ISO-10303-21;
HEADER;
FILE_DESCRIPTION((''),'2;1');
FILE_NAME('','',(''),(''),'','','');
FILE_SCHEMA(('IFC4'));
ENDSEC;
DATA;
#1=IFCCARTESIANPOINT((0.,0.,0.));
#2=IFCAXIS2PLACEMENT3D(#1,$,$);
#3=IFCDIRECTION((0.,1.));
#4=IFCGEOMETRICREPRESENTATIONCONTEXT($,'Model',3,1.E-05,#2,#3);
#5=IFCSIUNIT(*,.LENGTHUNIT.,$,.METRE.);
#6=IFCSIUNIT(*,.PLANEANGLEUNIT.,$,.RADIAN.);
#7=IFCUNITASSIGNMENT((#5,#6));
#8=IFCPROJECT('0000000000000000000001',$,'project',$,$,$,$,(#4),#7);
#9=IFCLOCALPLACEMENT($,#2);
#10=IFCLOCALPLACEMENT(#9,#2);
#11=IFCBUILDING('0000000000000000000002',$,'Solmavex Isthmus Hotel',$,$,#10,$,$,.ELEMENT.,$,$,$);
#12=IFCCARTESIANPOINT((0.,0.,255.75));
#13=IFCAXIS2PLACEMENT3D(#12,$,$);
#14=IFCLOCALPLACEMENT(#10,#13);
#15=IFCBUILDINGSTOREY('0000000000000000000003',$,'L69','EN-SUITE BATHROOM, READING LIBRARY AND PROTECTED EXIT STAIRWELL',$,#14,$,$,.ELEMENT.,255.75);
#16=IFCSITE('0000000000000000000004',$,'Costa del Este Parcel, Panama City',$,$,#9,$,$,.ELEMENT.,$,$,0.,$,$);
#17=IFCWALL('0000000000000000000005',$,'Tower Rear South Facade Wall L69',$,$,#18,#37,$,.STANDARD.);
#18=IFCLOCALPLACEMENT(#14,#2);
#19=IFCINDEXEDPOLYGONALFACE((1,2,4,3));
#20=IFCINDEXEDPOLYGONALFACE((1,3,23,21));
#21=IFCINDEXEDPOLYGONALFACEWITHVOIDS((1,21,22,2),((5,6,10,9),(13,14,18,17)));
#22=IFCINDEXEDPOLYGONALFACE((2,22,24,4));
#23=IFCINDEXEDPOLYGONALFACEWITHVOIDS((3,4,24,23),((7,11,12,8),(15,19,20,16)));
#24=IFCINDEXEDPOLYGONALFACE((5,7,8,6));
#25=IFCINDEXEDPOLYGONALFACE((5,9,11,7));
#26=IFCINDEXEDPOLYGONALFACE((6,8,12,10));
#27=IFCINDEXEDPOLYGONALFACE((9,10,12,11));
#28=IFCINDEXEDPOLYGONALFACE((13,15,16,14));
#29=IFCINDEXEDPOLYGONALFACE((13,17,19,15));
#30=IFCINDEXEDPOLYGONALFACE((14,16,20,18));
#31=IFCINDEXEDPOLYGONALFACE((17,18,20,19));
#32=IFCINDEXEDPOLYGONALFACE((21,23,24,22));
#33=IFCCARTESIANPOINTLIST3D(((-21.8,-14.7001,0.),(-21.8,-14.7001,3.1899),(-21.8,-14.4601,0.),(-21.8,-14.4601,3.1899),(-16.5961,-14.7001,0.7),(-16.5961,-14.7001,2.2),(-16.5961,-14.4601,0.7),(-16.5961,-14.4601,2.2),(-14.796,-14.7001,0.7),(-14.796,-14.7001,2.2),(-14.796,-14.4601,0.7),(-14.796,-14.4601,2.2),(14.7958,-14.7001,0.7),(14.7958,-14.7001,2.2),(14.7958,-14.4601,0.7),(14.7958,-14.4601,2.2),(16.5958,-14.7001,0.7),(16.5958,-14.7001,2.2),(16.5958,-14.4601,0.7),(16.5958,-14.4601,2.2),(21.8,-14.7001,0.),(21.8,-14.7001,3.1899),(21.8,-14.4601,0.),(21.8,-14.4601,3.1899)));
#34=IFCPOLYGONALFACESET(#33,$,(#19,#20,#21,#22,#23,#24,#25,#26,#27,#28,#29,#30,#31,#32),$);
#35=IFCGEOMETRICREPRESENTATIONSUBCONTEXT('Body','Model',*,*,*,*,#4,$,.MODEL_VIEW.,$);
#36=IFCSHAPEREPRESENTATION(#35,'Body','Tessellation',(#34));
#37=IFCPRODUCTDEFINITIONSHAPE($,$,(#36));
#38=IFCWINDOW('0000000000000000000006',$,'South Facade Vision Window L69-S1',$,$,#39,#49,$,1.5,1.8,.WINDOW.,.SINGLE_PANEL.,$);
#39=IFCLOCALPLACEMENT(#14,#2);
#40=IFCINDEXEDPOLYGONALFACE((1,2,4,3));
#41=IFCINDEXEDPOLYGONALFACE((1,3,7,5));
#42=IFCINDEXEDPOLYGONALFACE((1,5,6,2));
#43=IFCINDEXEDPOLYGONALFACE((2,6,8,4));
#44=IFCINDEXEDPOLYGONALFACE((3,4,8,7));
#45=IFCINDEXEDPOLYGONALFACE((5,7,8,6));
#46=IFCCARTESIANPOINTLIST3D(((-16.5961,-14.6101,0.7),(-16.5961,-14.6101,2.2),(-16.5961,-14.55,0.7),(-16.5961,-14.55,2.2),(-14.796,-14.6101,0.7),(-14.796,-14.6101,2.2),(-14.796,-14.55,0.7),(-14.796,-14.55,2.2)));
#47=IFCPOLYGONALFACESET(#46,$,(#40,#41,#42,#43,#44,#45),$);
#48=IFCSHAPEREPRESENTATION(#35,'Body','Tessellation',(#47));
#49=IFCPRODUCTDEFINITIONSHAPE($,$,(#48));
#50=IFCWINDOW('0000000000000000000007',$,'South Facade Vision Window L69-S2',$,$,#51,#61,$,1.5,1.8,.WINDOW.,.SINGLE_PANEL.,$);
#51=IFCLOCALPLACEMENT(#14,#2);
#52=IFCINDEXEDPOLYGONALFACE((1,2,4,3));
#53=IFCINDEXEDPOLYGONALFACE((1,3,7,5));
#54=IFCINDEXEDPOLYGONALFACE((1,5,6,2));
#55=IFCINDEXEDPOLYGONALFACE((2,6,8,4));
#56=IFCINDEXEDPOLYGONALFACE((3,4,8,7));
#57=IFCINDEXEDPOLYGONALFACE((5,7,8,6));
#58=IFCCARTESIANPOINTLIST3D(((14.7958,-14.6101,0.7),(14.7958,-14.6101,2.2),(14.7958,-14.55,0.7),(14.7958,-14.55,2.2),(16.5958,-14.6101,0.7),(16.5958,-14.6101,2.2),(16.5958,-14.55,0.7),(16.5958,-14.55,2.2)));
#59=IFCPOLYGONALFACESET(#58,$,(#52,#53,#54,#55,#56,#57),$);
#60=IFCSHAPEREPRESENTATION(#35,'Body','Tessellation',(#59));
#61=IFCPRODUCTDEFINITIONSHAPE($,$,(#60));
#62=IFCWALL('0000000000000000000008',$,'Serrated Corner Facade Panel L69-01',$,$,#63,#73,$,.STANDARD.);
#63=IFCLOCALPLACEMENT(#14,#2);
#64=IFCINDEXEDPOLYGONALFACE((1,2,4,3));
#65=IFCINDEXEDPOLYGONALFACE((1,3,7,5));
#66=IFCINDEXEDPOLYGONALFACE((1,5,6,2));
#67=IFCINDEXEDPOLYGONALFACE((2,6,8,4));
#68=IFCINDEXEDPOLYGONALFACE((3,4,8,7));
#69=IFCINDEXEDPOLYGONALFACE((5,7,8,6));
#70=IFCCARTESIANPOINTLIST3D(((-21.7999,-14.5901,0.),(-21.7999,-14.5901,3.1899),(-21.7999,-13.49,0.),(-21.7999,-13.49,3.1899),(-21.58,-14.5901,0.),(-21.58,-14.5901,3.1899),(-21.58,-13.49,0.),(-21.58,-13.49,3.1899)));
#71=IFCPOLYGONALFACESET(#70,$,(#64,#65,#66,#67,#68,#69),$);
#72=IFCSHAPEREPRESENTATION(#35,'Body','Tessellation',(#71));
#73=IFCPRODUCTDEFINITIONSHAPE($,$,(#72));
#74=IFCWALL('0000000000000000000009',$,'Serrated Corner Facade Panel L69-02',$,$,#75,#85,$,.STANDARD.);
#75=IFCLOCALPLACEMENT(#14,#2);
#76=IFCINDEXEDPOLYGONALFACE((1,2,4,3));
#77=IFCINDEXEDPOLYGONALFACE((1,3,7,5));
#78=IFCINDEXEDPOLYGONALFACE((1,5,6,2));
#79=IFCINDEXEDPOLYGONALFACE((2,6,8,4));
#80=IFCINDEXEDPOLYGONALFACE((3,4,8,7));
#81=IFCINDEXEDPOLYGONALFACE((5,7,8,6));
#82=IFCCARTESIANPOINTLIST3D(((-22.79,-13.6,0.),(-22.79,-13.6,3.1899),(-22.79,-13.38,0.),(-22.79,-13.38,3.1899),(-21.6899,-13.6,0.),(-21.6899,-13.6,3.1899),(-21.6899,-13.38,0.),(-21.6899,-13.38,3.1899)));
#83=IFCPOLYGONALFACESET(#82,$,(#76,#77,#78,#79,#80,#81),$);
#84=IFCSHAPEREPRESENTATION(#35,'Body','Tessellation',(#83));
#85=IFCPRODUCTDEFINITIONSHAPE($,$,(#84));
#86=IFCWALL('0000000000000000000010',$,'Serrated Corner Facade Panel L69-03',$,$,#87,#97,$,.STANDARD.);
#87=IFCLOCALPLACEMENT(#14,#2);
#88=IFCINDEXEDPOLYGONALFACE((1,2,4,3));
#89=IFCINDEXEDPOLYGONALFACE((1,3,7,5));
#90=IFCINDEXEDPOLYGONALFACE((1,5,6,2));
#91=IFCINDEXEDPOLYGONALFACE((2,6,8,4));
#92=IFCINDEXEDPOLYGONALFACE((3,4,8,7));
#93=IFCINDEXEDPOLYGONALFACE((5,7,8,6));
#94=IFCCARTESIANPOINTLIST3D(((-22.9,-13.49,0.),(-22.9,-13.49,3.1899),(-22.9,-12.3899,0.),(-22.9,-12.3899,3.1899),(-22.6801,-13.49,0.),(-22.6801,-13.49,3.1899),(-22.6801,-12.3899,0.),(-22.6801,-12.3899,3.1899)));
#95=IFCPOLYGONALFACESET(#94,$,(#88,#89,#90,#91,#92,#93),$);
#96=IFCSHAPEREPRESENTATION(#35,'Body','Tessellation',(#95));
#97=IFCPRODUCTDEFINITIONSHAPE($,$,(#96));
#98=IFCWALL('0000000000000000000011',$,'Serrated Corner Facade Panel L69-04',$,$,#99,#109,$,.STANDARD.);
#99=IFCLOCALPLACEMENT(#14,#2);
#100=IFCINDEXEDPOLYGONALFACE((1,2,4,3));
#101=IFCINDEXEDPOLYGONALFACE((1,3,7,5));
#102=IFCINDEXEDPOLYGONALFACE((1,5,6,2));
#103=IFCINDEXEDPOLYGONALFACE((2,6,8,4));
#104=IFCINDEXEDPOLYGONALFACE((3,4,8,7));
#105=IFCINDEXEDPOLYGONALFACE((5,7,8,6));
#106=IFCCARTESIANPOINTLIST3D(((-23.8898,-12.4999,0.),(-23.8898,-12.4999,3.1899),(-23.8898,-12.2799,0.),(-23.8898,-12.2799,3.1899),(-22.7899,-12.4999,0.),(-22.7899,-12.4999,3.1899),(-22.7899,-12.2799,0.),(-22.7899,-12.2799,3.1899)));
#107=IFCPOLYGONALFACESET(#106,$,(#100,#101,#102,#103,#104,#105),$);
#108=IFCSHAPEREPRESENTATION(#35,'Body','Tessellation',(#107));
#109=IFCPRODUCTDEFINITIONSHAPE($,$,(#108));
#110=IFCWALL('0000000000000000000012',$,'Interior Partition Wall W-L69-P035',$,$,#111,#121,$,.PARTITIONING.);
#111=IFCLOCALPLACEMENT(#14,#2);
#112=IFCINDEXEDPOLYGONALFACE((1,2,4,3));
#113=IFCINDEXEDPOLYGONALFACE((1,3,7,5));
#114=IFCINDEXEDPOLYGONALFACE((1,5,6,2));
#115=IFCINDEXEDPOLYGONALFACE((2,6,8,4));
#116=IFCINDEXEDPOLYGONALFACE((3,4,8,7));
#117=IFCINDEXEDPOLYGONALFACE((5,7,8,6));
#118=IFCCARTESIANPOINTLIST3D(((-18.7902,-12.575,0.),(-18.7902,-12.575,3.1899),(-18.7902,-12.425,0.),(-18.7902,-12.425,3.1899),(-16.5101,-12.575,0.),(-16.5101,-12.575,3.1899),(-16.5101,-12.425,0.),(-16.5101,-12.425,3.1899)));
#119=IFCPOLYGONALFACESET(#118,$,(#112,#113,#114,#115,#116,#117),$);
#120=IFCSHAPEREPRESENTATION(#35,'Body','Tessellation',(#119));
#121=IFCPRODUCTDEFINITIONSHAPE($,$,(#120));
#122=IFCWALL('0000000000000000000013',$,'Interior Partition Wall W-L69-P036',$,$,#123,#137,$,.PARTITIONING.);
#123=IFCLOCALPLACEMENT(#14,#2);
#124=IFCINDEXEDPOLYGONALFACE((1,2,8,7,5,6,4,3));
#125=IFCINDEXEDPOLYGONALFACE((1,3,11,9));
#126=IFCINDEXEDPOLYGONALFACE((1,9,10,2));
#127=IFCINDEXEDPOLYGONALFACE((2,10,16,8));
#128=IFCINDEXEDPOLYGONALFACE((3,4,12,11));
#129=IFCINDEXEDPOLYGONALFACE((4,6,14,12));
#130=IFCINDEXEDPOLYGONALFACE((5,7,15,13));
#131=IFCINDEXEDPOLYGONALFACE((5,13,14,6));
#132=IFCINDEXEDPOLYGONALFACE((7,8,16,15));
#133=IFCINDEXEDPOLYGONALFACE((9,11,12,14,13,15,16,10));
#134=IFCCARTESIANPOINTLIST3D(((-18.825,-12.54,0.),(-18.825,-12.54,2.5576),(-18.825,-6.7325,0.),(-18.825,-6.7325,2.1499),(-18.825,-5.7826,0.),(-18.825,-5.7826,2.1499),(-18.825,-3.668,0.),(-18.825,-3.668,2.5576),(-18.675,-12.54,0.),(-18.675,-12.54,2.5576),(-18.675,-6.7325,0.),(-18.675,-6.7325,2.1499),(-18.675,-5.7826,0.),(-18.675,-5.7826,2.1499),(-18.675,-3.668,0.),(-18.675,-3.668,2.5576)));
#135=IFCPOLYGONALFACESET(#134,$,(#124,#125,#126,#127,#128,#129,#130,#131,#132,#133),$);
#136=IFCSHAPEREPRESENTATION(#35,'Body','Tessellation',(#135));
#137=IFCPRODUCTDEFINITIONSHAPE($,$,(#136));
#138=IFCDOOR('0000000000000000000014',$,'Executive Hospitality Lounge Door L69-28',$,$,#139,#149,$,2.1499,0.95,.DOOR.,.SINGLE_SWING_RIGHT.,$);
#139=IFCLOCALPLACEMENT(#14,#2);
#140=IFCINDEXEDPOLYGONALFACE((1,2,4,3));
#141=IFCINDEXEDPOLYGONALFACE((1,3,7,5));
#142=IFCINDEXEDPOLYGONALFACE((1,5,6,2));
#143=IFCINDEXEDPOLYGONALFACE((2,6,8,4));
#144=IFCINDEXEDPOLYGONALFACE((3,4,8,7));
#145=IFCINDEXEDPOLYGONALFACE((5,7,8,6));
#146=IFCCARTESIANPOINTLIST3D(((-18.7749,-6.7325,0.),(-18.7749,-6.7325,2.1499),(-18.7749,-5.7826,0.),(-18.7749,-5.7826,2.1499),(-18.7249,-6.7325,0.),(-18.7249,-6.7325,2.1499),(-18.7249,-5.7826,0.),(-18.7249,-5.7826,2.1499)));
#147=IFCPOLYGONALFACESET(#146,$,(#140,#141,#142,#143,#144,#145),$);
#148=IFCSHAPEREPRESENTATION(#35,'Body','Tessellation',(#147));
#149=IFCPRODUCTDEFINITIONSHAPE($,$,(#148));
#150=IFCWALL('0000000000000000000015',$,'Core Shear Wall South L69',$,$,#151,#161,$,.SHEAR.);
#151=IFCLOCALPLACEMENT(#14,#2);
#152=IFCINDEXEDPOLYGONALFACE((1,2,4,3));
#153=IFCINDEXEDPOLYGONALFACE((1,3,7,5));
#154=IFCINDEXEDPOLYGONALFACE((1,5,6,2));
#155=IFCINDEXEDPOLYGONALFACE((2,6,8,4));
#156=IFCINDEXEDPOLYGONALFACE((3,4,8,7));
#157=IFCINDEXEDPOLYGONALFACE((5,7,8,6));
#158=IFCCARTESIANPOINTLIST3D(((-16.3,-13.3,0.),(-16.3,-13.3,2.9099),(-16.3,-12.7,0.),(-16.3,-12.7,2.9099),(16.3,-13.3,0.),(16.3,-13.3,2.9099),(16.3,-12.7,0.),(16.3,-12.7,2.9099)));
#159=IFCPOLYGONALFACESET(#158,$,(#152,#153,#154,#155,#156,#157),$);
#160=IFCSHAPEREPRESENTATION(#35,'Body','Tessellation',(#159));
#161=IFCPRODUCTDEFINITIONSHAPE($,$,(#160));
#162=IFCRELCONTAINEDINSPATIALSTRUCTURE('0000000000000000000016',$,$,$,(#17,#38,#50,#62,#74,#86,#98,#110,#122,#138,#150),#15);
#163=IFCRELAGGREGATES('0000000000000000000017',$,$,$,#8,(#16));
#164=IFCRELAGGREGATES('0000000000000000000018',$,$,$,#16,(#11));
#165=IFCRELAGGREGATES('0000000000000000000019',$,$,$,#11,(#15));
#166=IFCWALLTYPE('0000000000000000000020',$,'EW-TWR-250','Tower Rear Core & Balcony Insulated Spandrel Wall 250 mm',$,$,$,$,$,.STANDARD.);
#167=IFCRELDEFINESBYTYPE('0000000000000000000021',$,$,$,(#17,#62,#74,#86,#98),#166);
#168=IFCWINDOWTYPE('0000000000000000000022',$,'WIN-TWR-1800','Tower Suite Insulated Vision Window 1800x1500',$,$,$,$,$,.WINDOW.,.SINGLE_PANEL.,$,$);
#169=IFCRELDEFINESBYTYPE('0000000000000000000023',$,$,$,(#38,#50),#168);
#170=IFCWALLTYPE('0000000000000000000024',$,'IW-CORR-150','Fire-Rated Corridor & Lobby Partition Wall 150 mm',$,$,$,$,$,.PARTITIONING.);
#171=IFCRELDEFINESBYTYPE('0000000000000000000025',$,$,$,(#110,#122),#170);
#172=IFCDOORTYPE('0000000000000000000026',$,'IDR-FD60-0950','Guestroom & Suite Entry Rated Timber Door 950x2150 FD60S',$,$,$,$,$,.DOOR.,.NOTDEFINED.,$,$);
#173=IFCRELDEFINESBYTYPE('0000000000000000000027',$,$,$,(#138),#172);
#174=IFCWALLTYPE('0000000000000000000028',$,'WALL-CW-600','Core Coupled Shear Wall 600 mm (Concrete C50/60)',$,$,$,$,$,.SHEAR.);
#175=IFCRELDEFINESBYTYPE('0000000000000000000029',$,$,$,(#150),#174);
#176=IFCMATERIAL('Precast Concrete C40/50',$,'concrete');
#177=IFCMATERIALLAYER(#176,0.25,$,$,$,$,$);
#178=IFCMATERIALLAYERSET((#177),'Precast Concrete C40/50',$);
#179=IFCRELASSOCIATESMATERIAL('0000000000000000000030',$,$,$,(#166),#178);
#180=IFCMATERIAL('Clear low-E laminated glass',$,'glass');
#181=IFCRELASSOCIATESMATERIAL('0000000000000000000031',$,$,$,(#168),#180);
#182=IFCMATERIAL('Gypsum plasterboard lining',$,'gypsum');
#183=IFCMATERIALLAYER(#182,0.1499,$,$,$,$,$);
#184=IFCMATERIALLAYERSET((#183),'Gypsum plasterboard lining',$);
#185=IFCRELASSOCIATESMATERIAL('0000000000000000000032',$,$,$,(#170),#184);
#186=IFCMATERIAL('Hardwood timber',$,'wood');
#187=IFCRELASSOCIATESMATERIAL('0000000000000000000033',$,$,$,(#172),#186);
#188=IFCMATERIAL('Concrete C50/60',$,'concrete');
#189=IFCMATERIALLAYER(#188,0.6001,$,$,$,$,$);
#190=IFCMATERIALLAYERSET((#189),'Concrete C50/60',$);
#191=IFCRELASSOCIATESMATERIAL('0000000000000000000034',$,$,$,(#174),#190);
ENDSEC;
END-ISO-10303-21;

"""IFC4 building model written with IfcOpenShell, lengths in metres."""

from ifc_helpers import new_model, si_unit, direction, frame, frame_2d, origin, place, context, subcontext, project, spatial, rectangle, extrude, material, layer, layer_set, type_object, element, fill, save


model = new_model("IFC4")

# Units and contexts
model_context = context("Model", 3, precision=1e-05, world=origin(), true_north=direction((0.0, 1.0)))
body_context = subcontext(model_context, "Body", "Model", "MODEL_VIEW")
ifc_project = project(units=[si_unit("LENGTHUNIT", "METRE"), si_unit("PLANEANGLEUNIT", "RADIAN")], contexts=[model_context])

# Site, building, storey
site_placement = place(None, origin())
site = spatial("IfcSite", under=ifc_project, at=site_placement, Name="Costa del Este Parcel, Panama City", CompositionType="ELEMENT", RefElevation=0.0)
building_placement = place(site_placement, origin())
building = spatial("IfcBuilding", under=site, at=building_placement, Name="Solmavex Isthmus Hotel", CompositionType="ELEMENT")
storey_placement = place(building_placement, frame((0.0, 0.0, 255.75)))
storey = spatial("IfcBuildingStorey", under=building, at=storey_placement, Name="L69", Description="EN-SUITE BATHROOM, READING LIBRARY AND PROTECTED EXIT STAIRWELL", CompositionType="ELEMENT", Elevation=255.75)

# Shared definitions
ifc_material_1 = material(Name="Concrete C50/60", Category="concrete")

# Shared definitions
ifc_material_2 = material(Name="Clear low-E laminated glass", Category="glass")

# Wall, openings, windows
ifc_material_3 = material(Name="Precast Concrete C40/50", Category="concrete")
ifc_layer_1 = layer(ifc_material_3, 0.25)
ifc_layer_set_1 = layer_set([ifc_layer_1], Name="Precast Concrete C40/50")
wall_type_1 = type_object("IfcWallType", Name="EW-TWR-250", Description="Tower Rear Core & Balcony Insulated Spandrel Wall 250 mm", PredefinedType="STANDARD", material=ifc_layer_set_1)
wall_1_placement = place(storey_placement, frame((-21.8, -14.5801, 0.0), z_axis=(0.0, 0.0, 1.0), x_axis=(1.0, 0.0, 0.0)))
wall_1 = element("IfcWall", 1, at=wall_1_placement, inside=storey, type_object=wall_type_1, Name="Tower Rear South Facade Wall L69", PredefinedType="STANDARD", context=body_context, shape_type="SweptSolid", body=[
    extrude(rectangle(XDim=43.6001, YDim=0.24, at=frame_2d((21.8, 0.0))), origin(), (0.0, 0.0, 1.0), 3.1899),
])
opening_1_placement = place(wall_1_placement, frame((5.2041, 0.0, 0.7)))
opening_1 = element("IfcOpeningElement", 2, at=opening_1_placement, cuts=wall_1, PredefinedType="OPENING", context=body_context, shape_type="SweptSolid", body=[
    extrude(rectangle(XDim=1.8, YDim=1.5, at=frame_2d((0.8999, 0.75))), frame((0.0, 0.1299, 0.0), z_axis=(0.0, -1.0, 0.0), x_axis=(1.0, 0.0, 0.0)), (0.0, 0.0, 1.0), 0.26),
])
opening_2_placement = place(wall_1_placement, frame((36.5959, 0.0, 0.7)))
opening_2 = element("IfcOpeningElement", 3, at=opening_2_placement, cuts=wall_1, PredefinedType="OPENING", context=body_context, shape_type="SweptSolid", body=[
    extrude(rectangle(XDim=1.8, YDim=1.5, at=frame_2d((0.8999, 0.75))), frame((0.0, 0.1299, 0.0), z_axis=(0.0, -1.0, 0.0), x_axis=(1.0, 0.0, 0.0)), (0.0, 0.0, 1.0), 0.26),
])
window_type = type_object("IfcWindowType", Name="WIN-TWR-1800", Description="Tower Suite Insulated Vision Window 1800x1500", PartitioningType="SINGLE_PANEL", PredefinedType="WINDOW", material=ifc_material_2)
window_1_placement = place(opening_1_placement, origin())
window_1 = element("IfcWindow", 4, at=window_1_placement, inside=storey, type_object=window_type, Name="South Facade Vision Window L69-S1", OverallHeight=1.5, OverallWidth=1.8, PartitioningType="SINGLE_PANEL", PredefinedType="WINDOW", context=body_context, shape_type="SweptSolid", body=[
    extrude(rectangle(XDim=1.8, YDim=1.5, at=frame_2d((0.8999, 0.75))), frame((0.0, 0.03, 0.0), z_axis=(0.0, -1.0, 0.0), x_axis=(1.0, 0.0, 0.0)), (0.0, 0.0, 1.0), 0.0601),
])
fill(opening_1, window_1)
window_2_placement = place(opening_2_placement, origin())
window_2 = element("IfcWindow", 5, at=window_2_placement, inside=storey, type_object=window_type, Name="South Facade Vision Window L69-S2", OverallHeight=1.5, OverallWidth=1.8, PartitioningType="SINGLE_PANEL", PredefinedType="WINDOW", context=body_context, shape_type="SweptSolid", body=[
    extrude(rectangle(XDim=1.8, YDim=1.5, at=frame_2d((0.8999, 0.75))), frame((0.0, 0.03, 0.0), z_axis=(0.0, -1.0, 0.0), x_axis=(1.0, 0.0, 0.0)), (0.0, 0.0, 1.0), 0.0601),
])
fill(opening_2, window_2)

# Walls
for number, where, z_axis, x_axis, name in (
    (6, (-21.6899, -14.5901, 0.0), (0.0, 0.0, 1.0), (0.0, 1.0, 0.0), "Serrated Corner Facade Panel L69-01"),
    (7, (-21.6899, -13.49, 0.0), (0.0, 0.0, 1.0), (-1.0, 0.0, 0.0), "Serrated Corner Facade Panel L69-02"),
    (8, (-22.79, -13.49, 0.0), (0.0, 0.0, 1.0), (0.0, 1.0, 0.0), "Serrated Corner Facade Panel L69-03"),
):
    element("IfcWall", number, at=place(storey_placement, frame(where, z_axis=z_axis, x_axis=x_axis)), inside=storey, type_object=wall_type_1, Name=name, PredefinedType="STANDARD", context=body_context, shape_type="SweptSolid", body=[
        extrude(rectangle(XDim=1.1001, YDim=0.22, at=frame_2d((0.55, 0.0))), origin(), (0.0, 0.0, 1.0), 3.1899),
    ])
wall_2_placement = place(storey_placement, frame((-22.79, -12.3899, 0.0), z_axis=(0.0, 0.0, 1.0), x_axis=(-1.0, 0.0, 0.0)))
element("IfcWall", 9, at=wall_2_placement, inside=storey, type_object=wall_type_1, Name="Serrated Corner Facade Panel L69-04", PredefinedType="STANDARD", context=body_context, shape_type="SweptSolid", body=[
    extrude(rectangle(XDim=1.0999, YDim=0.22, at=frame_2d((0.5498, 0.0))), origin(), (0.0, 0.0, 1.0), 3.1899),
])
ifc_material_4 = material(Name="Gypsum plasterboard lining", Category="gypsum")
ifc_layer_2 = layer(ifc_material_4, 0.1499)
ifc_layer_set_2 = layer_set([ifc_layer_2], Name="Gypsum plasterboard lining")
wall_type_2 = type_object("IfcWallType", Name="IW-CORR-150", Description="Fire-Rated Corridor & Lobby Partition Wall 150 mm", PredefinedType="PARTITIONING", material=ifc_layer_set_2)
wall_3_placement = place(storey_placement, frame((-16.51, -12.5, 0.0), z_axis=(0.0, 0.0, 1.0), x_axis=(-1.0, 0.0, 0.0)))
element("IfcWall", 10, at=wall_3_placement, inside=storey, type_object=wall_type_2, Name="Interior Partition Wall W-L69-P035", PredefinedType="PARTITIONING", context=body_context, shape_type="SweptSolid", body=[
    extrude(rectangle(XDim=2.28, YDim=0.1499, at=frame_2d((1.1401, 0.0))), origin(), (0.0, 0.0, 1.0), 3.1899),
])

# Wall, opening, door
wall_4_placement = place(storey_placement, frame((-18.75, -12.54, 0.0), z_axis=(0.0, 0.0, 1.0), x_axis=(0.0, 1.0, 0.0)))
wall_4 = element("IfcWall", 11, at=wall_4_placement, inside=storey, type_object=wall_type_2, Name="Interior Partition Wall W-L69-P036", PredefinedType="PARTITIONING", context=body_context, shape_type="SweptSolid", body=[
    extrude(rectangle(XDim=8.8721, YDim=0.1499, at=frame_2d((4.436, 0.0))), origin(), (0.0, 0.0, 1.0), 2.5576),
])
opening_3_placement = place(wall_4_placement, frame((5.8074, 0.0, 0.0)))
opening_3 = element("IfcOpeningElement", 12, at=opening_3_placement, cuts=wall_4, PredefinedType="OPENING", context=body_context, shape_type="SweptSolid", body=[
    extrude(rectangle(XDim=0.95, YDim=2.1499, at=frame_2d((0.4751, 1.075))), frame((0.0, 0.085, 0.0), z_axis=(0.0, -1.0, 0.0), x_axis=(1.0, 0.0, 0.0)), (0.0, 0.0, 1.0), 0.1699),
])
ifc_material_5 = material(Name="Hardwood timber", Category="wood")
door_type = type_object("IfcDoorType", Name="IDR-FD60-0950", Description="Guestroom & Suite Entry Rated Timber Door 950x2150 FD60S", OperationType="NOTDEFINED", PredefinedType="DOOR", material=ifc_material_5)
door_placement = place(opening_3_placement, origin())
door = element("IfcDoor", 13, at=door_placement, inside=storey, type_object=door_type, Name="Executive Hospitality Lounge Door L69-28", OperationType="SINGLE_SWING_RIGHT", OverallHeight=2.1499, OverallWidth=0.95, PredefinedType="DOOR", context=body_context, shape_type="SweptSolid", body=[
    extrude(rectangle(XDim=0.95, YDim=2.1499, at=frame_2d((0.4751, 1.075))), frame((0.0, 0.0249, 0.0), z_axis=(0.0, -1.0, 0.0), x_axis=(1.0, 0.0, 0.0)), (0.0, 0.0, 1.0), 0.05),
])
fill(opening_3, door)

# Wall
ifc_layer_3 = layer(ifc_material_1, 0.6001)
ifc_layer_set_3 = layer_set([ifc_layer_3], Name="Concrete C50/60")
wall_type_3 = type_object("IfcWallType", Name="WALL-CW-600", Description="Core Coupled Shear Wall 600 mm (Concrete C50/60)", PredefinedType="SHEAR", material=ifc_layer_set_3)
wall_5_placement = place(storey_placement, frame((-16.3, -13.0, 0.0), z_axis=(0.0, 0.0, 1.0), x_axis=(1.0, 0.0, 0.0)))
element("IfcWall", 14, at=wall_5_placement, inside=storey, type_object=wall_type_3, Name="Core Shear Wall South L69", PredefinedType="SHEAR", context=body_context, shape_type="SweptSolid", body=[
    extrude(rectangle(XDim=32.6001, YDim=0.6001, at=frame_2d((16.3, 0.0))), origin(), (0.0, 0.0, 1.0), 2.9099),
])

save(model, "model.ifc")
